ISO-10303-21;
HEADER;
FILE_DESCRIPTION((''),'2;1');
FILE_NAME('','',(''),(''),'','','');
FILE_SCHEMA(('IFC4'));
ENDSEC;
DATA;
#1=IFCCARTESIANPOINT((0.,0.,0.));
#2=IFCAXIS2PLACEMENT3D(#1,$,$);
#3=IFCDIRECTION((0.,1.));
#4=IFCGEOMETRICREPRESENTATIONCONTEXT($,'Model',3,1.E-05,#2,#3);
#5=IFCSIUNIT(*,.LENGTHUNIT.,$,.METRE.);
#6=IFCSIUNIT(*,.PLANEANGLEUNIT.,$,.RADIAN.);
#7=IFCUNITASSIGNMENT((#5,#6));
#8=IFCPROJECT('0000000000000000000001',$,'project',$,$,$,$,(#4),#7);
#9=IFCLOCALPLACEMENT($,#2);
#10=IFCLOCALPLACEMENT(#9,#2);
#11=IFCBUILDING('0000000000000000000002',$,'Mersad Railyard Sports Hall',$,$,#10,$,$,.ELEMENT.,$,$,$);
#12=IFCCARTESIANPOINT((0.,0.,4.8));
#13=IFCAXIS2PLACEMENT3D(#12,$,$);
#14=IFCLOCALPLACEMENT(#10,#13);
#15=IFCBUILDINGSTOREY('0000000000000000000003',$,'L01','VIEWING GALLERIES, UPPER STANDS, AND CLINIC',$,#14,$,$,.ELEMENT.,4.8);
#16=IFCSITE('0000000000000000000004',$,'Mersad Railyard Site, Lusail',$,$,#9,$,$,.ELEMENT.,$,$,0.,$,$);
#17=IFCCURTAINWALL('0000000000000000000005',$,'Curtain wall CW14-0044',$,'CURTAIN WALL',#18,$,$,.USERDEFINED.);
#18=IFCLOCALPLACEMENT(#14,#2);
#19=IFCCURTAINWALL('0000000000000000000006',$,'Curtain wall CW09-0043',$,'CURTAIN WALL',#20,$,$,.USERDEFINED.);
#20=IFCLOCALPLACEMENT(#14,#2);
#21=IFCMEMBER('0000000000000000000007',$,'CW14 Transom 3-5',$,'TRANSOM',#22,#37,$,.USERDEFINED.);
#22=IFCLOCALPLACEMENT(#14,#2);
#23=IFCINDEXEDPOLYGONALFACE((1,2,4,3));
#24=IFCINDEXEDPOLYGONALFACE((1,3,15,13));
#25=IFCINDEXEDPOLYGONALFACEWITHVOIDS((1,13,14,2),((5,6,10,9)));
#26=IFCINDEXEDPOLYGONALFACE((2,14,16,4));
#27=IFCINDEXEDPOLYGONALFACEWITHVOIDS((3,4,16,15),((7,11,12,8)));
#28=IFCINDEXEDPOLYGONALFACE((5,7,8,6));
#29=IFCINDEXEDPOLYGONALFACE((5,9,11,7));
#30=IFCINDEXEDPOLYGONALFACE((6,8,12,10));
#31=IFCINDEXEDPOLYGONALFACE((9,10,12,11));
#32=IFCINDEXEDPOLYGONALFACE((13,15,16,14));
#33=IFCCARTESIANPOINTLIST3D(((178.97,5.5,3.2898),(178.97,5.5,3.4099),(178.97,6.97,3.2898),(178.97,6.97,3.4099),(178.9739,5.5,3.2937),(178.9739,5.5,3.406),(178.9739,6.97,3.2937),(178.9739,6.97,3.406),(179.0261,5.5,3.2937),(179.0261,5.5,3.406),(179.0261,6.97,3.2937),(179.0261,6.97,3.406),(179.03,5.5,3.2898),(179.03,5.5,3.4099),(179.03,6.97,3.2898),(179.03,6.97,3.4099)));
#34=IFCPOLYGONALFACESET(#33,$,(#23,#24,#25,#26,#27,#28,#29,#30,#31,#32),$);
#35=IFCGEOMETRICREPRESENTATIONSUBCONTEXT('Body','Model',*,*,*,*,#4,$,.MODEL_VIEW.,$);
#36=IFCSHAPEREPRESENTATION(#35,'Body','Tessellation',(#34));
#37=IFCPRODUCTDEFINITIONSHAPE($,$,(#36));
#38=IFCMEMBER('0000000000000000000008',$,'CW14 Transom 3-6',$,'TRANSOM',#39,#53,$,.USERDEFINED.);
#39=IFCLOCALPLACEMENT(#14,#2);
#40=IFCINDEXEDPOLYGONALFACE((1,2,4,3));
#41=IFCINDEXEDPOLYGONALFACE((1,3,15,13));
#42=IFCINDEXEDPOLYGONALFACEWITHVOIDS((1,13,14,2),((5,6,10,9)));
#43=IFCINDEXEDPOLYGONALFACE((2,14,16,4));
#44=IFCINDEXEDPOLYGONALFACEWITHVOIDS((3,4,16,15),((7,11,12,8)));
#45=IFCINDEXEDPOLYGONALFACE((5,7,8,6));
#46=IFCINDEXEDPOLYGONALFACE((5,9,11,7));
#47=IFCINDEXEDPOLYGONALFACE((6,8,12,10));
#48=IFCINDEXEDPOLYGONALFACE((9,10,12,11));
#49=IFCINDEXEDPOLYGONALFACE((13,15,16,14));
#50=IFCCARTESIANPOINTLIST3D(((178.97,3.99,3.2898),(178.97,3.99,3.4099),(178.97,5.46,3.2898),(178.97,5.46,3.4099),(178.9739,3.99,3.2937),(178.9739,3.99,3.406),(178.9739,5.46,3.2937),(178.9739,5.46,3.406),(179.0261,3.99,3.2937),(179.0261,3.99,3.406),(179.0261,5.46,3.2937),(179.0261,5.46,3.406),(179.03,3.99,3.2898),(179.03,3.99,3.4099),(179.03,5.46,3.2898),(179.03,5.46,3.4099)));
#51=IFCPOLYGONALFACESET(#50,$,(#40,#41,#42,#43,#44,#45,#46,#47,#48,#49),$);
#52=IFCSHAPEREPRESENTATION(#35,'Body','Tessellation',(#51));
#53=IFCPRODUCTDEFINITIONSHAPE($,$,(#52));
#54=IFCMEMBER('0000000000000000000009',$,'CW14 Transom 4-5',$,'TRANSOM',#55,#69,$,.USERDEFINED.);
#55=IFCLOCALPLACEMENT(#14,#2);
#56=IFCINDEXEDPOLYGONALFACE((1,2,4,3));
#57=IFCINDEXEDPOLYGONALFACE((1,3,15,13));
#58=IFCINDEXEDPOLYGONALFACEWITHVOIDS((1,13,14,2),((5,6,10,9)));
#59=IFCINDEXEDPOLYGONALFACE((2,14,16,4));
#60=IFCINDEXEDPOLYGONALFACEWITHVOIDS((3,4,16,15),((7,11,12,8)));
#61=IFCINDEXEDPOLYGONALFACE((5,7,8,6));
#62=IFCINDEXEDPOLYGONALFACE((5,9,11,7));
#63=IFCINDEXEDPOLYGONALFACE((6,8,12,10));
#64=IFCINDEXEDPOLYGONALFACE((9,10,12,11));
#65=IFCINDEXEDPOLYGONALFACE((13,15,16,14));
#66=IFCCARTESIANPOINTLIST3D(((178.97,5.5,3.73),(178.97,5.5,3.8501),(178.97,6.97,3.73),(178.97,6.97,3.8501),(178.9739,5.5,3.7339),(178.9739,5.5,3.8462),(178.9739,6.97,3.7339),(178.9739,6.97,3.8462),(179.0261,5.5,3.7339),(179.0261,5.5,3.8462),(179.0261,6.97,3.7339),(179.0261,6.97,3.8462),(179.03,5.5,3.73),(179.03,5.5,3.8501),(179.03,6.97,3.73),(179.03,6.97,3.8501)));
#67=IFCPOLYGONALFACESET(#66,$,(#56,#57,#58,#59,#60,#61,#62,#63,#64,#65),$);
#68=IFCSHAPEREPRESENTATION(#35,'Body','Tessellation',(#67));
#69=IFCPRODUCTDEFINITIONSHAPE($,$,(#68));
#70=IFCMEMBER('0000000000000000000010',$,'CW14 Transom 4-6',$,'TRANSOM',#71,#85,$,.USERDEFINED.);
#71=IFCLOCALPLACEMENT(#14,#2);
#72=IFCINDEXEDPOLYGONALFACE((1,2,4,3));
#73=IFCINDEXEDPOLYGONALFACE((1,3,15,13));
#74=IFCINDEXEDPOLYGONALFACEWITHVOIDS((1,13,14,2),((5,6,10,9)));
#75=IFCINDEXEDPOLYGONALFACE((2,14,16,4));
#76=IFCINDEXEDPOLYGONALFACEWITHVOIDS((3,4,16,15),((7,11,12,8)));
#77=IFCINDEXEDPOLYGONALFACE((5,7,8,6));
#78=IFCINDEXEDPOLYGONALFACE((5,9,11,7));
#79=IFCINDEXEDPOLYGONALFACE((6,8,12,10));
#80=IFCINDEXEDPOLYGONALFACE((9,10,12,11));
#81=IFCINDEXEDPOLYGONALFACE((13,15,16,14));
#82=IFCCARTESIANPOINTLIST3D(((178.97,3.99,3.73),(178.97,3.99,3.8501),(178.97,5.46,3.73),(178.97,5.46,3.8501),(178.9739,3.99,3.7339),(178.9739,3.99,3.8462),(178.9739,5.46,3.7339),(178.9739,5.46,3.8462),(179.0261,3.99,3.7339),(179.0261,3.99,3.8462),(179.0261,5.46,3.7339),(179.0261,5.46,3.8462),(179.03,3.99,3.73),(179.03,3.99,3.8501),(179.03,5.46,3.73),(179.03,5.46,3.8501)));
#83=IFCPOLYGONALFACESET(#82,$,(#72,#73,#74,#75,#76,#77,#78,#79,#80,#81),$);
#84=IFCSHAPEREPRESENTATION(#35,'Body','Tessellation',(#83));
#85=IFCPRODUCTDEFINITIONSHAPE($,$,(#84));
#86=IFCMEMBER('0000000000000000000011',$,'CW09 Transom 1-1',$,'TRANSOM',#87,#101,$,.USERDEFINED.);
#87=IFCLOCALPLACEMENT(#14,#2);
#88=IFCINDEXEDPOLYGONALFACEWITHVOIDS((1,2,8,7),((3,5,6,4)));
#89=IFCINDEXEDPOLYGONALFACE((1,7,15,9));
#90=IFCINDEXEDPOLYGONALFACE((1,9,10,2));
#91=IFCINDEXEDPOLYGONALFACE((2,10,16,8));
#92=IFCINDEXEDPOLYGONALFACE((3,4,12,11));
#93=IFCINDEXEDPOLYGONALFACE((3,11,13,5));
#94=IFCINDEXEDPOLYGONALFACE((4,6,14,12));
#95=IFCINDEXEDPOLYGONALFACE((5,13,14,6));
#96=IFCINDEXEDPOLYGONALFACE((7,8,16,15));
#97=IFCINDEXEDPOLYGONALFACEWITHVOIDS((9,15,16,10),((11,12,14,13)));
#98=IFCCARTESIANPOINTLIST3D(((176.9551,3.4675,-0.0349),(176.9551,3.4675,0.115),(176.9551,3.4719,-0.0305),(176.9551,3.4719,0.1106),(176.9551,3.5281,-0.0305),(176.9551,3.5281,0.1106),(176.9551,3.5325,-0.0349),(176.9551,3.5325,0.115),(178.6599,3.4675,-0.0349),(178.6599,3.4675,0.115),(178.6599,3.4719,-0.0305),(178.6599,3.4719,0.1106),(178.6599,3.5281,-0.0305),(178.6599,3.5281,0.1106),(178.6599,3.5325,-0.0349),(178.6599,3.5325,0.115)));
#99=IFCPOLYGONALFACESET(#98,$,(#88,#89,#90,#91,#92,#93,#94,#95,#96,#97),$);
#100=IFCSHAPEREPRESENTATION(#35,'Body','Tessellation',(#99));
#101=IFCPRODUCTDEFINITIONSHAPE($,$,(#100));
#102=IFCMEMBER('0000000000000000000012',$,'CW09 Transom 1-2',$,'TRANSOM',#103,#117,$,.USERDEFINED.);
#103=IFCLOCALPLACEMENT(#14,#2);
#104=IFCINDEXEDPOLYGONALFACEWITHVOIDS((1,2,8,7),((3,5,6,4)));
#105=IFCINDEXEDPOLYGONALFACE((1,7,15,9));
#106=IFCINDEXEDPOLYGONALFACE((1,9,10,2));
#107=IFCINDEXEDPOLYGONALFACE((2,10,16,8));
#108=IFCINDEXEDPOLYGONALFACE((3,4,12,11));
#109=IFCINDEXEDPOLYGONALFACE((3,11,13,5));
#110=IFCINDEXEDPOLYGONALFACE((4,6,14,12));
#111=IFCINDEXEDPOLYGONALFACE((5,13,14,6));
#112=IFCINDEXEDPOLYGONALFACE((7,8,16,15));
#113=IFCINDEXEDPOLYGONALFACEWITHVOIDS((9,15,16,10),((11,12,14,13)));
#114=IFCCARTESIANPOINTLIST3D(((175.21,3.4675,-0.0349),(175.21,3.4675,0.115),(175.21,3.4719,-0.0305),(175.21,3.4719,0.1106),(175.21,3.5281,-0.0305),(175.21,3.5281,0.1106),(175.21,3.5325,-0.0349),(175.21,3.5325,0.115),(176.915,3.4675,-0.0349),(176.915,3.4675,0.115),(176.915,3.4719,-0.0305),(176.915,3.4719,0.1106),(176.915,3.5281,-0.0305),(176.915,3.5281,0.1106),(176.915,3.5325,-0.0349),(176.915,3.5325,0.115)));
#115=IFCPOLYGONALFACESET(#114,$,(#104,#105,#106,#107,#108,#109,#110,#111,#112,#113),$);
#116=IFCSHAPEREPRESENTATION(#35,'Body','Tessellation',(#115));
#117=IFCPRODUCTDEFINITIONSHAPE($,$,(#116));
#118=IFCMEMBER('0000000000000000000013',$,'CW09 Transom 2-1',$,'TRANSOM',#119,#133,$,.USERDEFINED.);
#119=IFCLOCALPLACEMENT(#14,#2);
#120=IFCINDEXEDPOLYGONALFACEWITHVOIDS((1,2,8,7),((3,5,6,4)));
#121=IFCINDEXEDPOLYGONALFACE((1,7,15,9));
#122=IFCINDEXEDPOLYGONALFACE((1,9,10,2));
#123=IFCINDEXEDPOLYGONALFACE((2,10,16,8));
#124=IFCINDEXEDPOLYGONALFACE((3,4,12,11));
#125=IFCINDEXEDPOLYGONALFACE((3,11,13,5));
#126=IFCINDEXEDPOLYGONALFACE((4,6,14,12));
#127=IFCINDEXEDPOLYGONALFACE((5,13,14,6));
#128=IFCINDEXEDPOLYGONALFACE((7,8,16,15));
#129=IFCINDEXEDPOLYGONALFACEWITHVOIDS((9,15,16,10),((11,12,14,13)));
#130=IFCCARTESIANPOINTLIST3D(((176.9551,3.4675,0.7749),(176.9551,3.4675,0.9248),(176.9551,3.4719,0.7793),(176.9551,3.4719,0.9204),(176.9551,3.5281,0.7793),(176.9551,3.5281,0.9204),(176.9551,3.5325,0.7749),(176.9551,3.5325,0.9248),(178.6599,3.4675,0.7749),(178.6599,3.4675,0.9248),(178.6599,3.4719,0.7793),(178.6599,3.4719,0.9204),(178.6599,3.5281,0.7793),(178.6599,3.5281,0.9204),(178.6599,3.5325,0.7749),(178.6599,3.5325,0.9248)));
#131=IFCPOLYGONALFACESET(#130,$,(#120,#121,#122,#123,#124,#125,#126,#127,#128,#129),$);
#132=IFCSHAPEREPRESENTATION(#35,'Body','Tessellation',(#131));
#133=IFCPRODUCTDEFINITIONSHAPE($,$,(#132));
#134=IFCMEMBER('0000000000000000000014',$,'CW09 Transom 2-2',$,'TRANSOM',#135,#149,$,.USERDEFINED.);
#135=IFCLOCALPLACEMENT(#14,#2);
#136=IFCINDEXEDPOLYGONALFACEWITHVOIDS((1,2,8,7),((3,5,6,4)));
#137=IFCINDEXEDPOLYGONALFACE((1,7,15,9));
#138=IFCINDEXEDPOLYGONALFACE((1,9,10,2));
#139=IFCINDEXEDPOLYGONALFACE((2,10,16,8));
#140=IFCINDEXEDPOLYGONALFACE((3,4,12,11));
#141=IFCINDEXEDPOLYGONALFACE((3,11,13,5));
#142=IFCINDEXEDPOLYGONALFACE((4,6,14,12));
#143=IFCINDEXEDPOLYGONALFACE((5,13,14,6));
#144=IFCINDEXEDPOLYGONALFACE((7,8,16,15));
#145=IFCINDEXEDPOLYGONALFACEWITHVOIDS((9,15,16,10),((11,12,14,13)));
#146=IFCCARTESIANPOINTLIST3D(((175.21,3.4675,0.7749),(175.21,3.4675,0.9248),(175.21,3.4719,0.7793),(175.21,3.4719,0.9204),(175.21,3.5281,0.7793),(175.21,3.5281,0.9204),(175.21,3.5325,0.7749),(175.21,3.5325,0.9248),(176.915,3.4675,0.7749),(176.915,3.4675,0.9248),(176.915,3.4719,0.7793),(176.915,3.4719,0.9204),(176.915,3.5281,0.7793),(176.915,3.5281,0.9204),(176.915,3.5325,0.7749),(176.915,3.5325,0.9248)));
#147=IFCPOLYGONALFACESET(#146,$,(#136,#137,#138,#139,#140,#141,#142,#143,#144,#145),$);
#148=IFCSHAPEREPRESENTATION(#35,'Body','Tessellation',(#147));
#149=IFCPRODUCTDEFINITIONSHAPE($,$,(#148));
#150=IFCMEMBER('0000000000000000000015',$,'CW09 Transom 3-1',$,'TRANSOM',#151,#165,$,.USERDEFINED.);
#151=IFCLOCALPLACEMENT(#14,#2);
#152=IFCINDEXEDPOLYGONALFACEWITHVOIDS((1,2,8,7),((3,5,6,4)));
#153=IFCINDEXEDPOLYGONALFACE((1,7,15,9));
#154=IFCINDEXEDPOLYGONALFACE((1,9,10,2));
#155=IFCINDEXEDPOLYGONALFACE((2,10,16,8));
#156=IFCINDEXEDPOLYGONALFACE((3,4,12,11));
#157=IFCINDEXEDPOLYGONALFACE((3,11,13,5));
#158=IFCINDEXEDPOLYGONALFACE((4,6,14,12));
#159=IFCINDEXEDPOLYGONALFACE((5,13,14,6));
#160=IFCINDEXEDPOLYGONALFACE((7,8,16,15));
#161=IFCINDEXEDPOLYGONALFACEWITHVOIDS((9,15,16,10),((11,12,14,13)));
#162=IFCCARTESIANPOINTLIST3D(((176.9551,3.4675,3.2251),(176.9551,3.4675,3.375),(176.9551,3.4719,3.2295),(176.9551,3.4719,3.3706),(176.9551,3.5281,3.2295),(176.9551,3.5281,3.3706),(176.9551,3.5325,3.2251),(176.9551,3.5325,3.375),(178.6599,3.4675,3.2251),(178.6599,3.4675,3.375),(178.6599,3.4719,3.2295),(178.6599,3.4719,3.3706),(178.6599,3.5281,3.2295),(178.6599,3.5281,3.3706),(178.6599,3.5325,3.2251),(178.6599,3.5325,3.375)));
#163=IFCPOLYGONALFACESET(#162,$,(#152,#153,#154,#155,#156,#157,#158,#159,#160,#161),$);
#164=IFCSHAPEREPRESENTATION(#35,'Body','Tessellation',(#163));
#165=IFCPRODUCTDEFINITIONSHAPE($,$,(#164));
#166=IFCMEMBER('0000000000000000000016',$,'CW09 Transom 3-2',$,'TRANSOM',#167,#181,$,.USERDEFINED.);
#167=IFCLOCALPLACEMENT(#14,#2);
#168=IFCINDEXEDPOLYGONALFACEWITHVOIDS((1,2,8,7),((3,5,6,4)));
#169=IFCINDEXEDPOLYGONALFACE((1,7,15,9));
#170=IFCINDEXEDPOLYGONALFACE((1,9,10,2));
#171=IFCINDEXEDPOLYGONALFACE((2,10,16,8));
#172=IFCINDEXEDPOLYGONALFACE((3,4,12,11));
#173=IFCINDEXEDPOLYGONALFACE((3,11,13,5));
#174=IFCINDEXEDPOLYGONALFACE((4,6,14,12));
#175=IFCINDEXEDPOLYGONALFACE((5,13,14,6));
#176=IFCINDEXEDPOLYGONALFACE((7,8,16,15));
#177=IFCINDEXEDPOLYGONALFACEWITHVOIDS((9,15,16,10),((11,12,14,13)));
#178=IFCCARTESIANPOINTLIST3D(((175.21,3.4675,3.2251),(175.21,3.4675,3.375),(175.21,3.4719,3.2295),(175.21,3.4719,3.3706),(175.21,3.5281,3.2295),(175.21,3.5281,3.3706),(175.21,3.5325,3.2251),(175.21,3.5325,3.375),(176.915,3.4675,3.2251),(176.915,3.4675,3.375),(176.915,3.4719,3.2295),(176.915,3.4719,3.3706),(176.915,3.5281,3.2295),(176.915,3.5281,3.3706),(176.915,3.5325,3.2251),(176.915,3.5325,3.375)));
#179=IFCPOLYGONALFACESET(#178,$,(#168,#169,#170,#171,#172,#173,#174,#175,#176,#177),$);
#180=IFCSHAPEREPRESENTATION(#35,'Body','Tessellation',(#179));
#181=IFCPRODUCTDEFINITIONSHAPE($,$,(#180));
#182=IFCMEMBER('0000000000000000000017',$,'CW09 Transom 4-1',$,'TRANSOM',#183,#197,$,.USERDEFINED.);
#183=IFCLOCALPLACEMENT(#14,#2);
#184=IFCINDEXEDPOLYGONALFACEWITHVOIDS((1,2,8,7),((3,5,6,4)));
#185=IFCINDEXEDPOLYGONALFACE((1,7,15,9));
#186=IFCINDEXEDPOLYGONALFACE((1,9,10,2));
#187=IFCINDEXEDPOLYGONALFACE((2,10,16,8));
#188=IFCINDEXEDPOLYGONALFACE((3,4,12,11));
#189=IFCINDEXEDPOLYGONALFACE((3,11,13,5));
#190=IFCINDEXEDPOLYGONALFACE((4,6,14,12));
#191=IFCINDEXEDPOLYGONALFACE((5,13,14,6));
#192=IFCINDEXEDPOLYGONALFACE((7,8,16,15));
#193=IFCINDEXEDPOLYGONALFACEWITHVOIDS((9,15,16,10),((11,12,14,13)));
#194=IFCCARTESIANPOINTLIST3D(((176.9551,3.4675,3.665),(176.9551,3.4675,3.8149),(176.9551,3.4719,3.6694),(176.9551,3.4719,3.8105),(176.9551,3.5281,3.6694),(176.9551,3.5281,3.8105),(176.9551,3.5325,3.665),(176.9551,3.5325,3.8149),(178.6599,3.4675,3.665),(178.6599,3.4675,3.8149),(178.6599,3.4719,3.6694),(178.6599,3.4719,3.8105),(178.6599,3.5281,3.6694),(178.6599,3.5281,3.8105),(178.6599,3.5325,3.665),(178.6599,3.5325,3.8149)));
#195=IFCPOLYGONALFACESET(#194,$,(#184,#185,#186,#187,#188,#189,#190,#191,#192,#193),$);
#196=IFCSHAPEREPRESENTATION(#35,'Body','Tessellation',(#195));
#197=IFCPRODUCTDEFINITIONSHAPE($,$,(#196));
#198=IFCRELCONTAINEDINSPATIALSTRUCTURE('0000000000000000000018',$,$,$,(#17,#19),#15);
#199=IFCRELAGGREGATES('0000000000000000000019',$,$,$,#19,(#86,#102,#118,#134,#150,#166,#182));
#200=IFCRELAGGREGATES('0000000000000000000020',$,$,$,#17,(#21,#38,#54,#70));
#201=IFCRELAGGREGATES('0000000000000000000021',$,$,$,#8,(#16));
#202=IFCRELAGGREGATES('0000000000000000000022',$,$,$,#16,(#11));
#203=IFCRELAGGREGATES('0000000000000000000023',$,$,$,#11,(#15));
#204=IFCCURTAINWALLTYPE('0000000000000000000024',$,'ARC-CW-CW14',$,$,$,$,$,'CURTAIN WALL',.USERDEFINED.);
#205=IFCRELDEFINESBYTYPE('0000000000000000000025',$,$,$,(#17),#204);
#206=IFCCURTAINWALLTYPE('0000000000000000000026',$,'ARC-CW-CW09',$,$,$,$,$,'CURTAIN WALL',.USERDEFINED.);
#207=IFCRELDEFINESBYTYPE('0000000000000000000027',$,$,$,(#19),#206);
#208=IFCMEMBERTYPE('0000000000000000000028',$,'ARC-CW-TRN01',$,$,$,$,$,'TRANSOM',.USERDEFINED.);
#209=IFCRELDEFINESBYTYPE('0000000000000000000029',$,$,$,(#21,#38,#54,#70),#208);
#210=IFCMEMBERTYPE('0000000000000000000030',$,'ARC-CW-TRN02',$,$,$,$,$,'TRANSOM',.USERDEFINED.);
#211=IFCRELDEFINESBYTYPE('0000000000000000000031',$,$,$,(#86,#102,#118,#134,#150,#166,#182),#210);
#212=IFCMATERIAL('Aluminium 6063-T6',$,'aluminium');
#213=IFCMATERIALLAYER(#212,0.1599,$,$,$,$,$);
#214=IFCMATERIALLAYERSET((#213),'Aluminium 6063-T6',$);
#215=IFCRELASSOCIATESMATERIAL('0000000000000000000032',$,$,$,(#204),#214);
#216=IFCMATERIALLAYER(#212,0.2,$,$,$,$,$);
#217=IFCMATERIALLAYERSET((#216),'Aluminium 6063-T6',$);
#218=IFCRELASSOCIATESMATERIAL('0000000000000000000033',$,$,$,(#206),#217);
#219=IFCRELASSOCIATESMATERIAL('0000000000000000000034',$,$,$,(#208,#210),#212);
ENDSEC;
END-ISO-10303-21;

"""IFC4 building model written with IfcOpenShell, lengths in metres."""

from ifc_helpers import new_model, si_unit, direction, frame, origin, origin_2d, place, context, subcontext, project, spatial, hollow_rectangle, extrude, material, layer, layer_set, material_profile, profile_set, type_object, element, aggregate, save


model = new_model("IFC4")

# Units and contexts
model_context = context("Model", 3, precision=1e-05, world=origin(), true_north=direction((0.0, 1.0)))
body_context = subcontext(model_context, "Body", "Model", "MODEL_VIEW")
ifc_project = project(units=[si_unit("LENGTHUNIT", "METRE"), si_unit("PLANEANGLEUNIT", "RADIAN")], contexts=[model_context])

# Site, building, storey
site_placement = place(None, origin())
site = spatial("IfcSite", under=ifc_project, at=site_placement, Name="Mersad Railyard Site, Lusail", CompositionType="ELEMENT", RefElevation=0.0)
building_placement = place(site_placement, origin())
building = spatial("IfcBuilding", under=site, at=building_placement, Name="Mersad Railyard Sports Hall", CompositionType="ELEMENT")
storey_placement = place(building_placement, frame((0.0, 0.0, 4.8)))
storey = spatial("IfcBuildingStorey", under=building, at=storey_placement, Name="L01", Description="VIEWING GALLERIES, UPPER STANDS, AND CLINIC", CompositionType="ELEMENT", Elevation=4.8)

# Curtain walls
ifc_material_1 = material(Name="Aluminium 6063-T6", Category="aluminium")
ifc_layer_1 = layer(ifc_material_1, 0.1599)
ifc_layer_set_1 = layer_set([ifc_layer_1], Name="Aluminium 6063-T6")
curtain_wall_type_1 = type_object("IfcCurtainWallType", Name="ARC-CW-CW14", ElementType="CURTAIN WALL", PredefinedType="USERDEFINED", material=ifc_layer_set_1)
curtain_wall_1_placement = place(storey_placement, origin())
curtain_wall_1 = element("IfcCurtainWall", 1, at=curtain_wall_1_placement, inside=storey, type_object=curtain_wall_type_1, Name="Curtain wall CW14-0044", ObjectType="CURTAIN WALL", PredefinedType="USERDEFINED")
ifc_layer_2 = layer(ifc_material_1, 0.2)
ifc_layer_set_2 = layer_set([ifc_layer_2], Name="Aluminium 6063-T6")
curtain_wall_type_2 = type_object("IfcCurtainWallType", Name="ARC-CW-CW09", ElementType="CURTAIN WALL", PredefinedType="USERDEFINED", material=ifc_layer_set_2)
curtain_wall_2_placement = place(storey_placement, origin())
curtain_wall_2 = element("IfcCurtainWall", 2, at=curtain_wall_2_placement, inside=storey, type_object=curtain_wall_type_2, Name="Curtain wall CW09-0043", ObjectType="CURTAIN WALL", PredefinedType="USERDEFINED")

# Members
ifc_material_profile_1 = material_profile(ifc_material_1, hollow_rectangle(XDim=0.0601, YDim=0.1201, WallThickness=0.0039, at=origin_2d()), Name="AL TRANSOM 60x120x4")
ifc_profile_set_1 = profile_set([ifc_material_profile_1], Name="Aluminium 6063-T6")
member_type_1 = type_object("IfcMemberType", Name="ARC-CW-TRN01", ElementType="TRANSOM", PredefinedType="USERDEFINED", material=ifc_profile_set_1)
member_1_placement = place(storey_placement, frame((179.0, 6.97, 3.3499), z_axis=(0.0, -1.0, 0.0), x_axis=(1.0, 0.0, 0.0)))
member_1 = element("IfcMember", 3, at=member_1_placement, type_object=member_type_1, Name="CW14 Transom 3-5", ObjectType="TRANSOM", PredefinedType="USERDEFINED", context=body_context, shape_type="SweptSolid", body=[
    extrude(hollow_rectangle(XDim=0.0601, YDim=0.1201, WallThickness=0.0039, at=origin_2d()), origin(), (0.0, 0.0, 1.0), 1.47),
])
member_2_placement = place(storey_placement, frame((179.0, 5.46, 3.3499), z_axis=(0.0, -1.0, 0.0), x_axis=(1.0, 0.0, 0.0)))
member_2 = element("IfcMember", 4, at=member_2_placement, type_object=member_type_1, Name="CW14 Transom 3-6", ObjectType="TRANSOM", PredefinedType="USERDEFINED", context=body_context, shape_type="SweptSolid", body=[
    extrude(hollow_rectangle(XDim=0.0601, YDim=0.1201, WallThickness=0.0039, at=origin_2d()), origin(), (0.0, 0.0, 1.0), 1.47),
])
member_3_placement = place(storey_placement, frame((179.0, 6.97, 3.79), z_axis=(0.0, -1.0, 0.0), x_axis=(1.0, 0.0, 0.0)))
member_3 = element("IfcMember", 5, at=member_3_placement, type_object=member_type_1, Name="CW14 Transom 4-5", ObjectType="TRANSOM", PredefinedType="USERDEFINED", context=body_context, shape_type="SweptSolid", body=[
    extrude(hollow_rectangle(XDim=0.0601, YDim=0.1201, WallThickness=0.0039, at=origin_2d()), origin(), (0.0, 0.0, 1.0), 1.47),
])
member_4_placement = place(storey_placement, frame((179.0, 5.46, 3.79), z_axis=(0.0, -1.0, 0.0), x_axis=(1.0, 0.0, 0.0)))
member_4 = element("IfcMember", 6, at=member_4_placement, type_object=member_type_1, Name="CW14 Transom 4-6", ObjectType="TRANSOM", PredefinedType="USERDEFINED", context=body_context, shape_type="SweptSolid", body=[
    extrude(hollow_rectangle(XDim=0.0601, YDim=0.1201, WallThickness=0.0039, at=origin_2d()), origin(), (0.0, 0.0, 1.0), 1.47),
])
ifc_material_profile_2 = material_profile(ifc_material_1, hollow_rectangle(XDim=0.0649, YDim=0.1499, WallThickness=0.0044, at=origin_2d()), Name="AL TRANSOM 65x150x4.5")
ifc_profile_set_2 = profile_set([ifc_material_profile_2], Name="Aluminium 6063-T6")
member_type_2 = type_object("IfcMemberType", Name="ARC-CW-TRN02", ElementType="TRANSOM", PredefinedType="USERDEFINED", material=ifc_profile_set_2)
member_5_placement = place(storey_placement, frame((178.6599, 3.5, 0.04), z_axis=(-1.0, 0.0, 0.0), x_axis=(0.0, -1.0, 0.0)))
member_5 = element("IfcMember", 7, at=member_5_placement, type_object=member_type_2, Name="CW09 Transom 1-1", ObjectType="TRANSOM", PredefinedType="USERDEFINED", context=body_context, shape_type="SweptSolid", body=[
    extrude(hollow_rectangle(XDim=0.0649, YDim=0.1499, WallThickness=0.0044, at=origin_2d()), origin(), (0.0, 0.0, 1.0), 1.7048),
])
member_6_placement = place(storey_placement, frame((176.915, 3.5, 0.04), z_axis=(-1.0, 0.0, 0.0), x_axis=(0.0, -1.0, 0.0)))
member_6 = element("IfcMember", 8, at=member_6_placement, type_object=member_type_2, Name="CW09 Transom 1-2", ObjectType="TRANSOM", PredefinedType="USERDEFINED", context=body_context, shape_type="SweptSolid", body=[
    extrude(hollow_rectangle(XDim=0.0649, YDim=0.1499, WallThickness=0.0044, at=origin_2d()), origin(), (0.0, 0.0, 1.0), 1.7051),
])
member_7_placement = place(storey_placement, frame((178.6599, 3.5, 0.8499), z_axis=(-1.0, 0.0, 0.0), x_axis=(0.0, -1.0, 0.0)))
member_7 = element("IfcMember", 9, at=member_7_placement, type_object=member_type_2, Name="CW09 Transom 2-1", ObjectType="TRANSOM", PredefinedType="USERDEFINED", context=body_context, shape_type="SweptSolid", body=[
    extrude(hollow_rectangle(XDim=0.0649, YDim=0.1499, WallThickness=0.0044, at=origin_2d()), origin(), (0.0, 0.0, 1.0), 1.7048),
])
member_8_placement = place(storey_placement, frame((176.915, 3.5, 0.8499), z_axis=(-1.0, 0.0, 0.0), x_axis=(0.0, -1.0, 0.0)))
member_8 = element("IfcMember", 10, at=member_8_placement, type_object=member_type_2, Name="CW09 Transom 2-2", ObjectType="TRANSOM", PredefinedType="USERDEFINED", context=body_context, shape_type="SweptSolid", body=[
    extrude(hollow_rectangle(XDim=0.0649, YDim=0.1499, WallThickness=0.0044, at=origin_2d()), origin(), (0.0, 0.0, 1.0), 1.7051),
])
member_9_placement = place(storey_placement, frame((178.6599, 3.5, 3.3), z_axis=(-1.0, 0.0, 0.0), x_axis=(0.0, -1.0, 0.0)))
member_9 = element("IfcMember", 11, at=member_9_placement, type_object=member_type_2, Name="CW09 Transom 3-1", ObjectType="TRANSOM", PredefinedType="USERDEFINED", context=body_context, shape_type="SweptSolid", body=[
    extrude(hollow_rectangle(XDim=0.0649, YDim=0.1499, WallThickness=0.0044, at=origin_2d()), origin(), (0.0, 0.0, 1.0), 1.7048),
])
member_10_placement = place(storey_placement, frame((176.915, 3.5, 3.3), z_axis=(-1.0, 0.0, 0.0), x_axis=(0.0, -1.0, 0.0)))
member_10 = element("IfcMember", 12, at=member_10_placement, type_object=member_type_2, Name="CW09 Transom 3-2", ObjectType="TRANSOM", PredefinedType="USERDEFINED", context=body_context, shape_type="SweptSolid", body=[
    extrude(hollow_rectangle(XDim=0.0649, YDim=0.1499, WallThickness=0.0044, at=origin_2d()), origin(), (0.0, 0.0, 1.0), 1.7051),
])
member_11_placement = place(storey_placement, frame((178.6599, 3.5, 3.74), z_axis=(-1.0, 0.0, 0.0), x_axis=(0.0, -1.0, 0.0)))
member_11 = element("IfcMember", 13, at=member_11_placement, type_object=member_type_2, Name="CW09 Transom 4-1", ObjectType="TRANSOM", PredefinedType="USERDEFINED", context=body_context, shape_type="SweptSolid", body=[
    extrude(hollow_rectangle(XDim=0.0649, YDim=0.1499, WallThickness=0.0044, at=origin_2d()), origin(), (0.0, 0.0, 1.0), 1.7048),
])

aggregate(curtain_wall_2, [member_5, member_6, member_7, member_8, member_9, member_10, member_11])
aggregate(curtain_wall_1, [member_1, member_2, member_3, member_4])

save(model, "model.ifc")
